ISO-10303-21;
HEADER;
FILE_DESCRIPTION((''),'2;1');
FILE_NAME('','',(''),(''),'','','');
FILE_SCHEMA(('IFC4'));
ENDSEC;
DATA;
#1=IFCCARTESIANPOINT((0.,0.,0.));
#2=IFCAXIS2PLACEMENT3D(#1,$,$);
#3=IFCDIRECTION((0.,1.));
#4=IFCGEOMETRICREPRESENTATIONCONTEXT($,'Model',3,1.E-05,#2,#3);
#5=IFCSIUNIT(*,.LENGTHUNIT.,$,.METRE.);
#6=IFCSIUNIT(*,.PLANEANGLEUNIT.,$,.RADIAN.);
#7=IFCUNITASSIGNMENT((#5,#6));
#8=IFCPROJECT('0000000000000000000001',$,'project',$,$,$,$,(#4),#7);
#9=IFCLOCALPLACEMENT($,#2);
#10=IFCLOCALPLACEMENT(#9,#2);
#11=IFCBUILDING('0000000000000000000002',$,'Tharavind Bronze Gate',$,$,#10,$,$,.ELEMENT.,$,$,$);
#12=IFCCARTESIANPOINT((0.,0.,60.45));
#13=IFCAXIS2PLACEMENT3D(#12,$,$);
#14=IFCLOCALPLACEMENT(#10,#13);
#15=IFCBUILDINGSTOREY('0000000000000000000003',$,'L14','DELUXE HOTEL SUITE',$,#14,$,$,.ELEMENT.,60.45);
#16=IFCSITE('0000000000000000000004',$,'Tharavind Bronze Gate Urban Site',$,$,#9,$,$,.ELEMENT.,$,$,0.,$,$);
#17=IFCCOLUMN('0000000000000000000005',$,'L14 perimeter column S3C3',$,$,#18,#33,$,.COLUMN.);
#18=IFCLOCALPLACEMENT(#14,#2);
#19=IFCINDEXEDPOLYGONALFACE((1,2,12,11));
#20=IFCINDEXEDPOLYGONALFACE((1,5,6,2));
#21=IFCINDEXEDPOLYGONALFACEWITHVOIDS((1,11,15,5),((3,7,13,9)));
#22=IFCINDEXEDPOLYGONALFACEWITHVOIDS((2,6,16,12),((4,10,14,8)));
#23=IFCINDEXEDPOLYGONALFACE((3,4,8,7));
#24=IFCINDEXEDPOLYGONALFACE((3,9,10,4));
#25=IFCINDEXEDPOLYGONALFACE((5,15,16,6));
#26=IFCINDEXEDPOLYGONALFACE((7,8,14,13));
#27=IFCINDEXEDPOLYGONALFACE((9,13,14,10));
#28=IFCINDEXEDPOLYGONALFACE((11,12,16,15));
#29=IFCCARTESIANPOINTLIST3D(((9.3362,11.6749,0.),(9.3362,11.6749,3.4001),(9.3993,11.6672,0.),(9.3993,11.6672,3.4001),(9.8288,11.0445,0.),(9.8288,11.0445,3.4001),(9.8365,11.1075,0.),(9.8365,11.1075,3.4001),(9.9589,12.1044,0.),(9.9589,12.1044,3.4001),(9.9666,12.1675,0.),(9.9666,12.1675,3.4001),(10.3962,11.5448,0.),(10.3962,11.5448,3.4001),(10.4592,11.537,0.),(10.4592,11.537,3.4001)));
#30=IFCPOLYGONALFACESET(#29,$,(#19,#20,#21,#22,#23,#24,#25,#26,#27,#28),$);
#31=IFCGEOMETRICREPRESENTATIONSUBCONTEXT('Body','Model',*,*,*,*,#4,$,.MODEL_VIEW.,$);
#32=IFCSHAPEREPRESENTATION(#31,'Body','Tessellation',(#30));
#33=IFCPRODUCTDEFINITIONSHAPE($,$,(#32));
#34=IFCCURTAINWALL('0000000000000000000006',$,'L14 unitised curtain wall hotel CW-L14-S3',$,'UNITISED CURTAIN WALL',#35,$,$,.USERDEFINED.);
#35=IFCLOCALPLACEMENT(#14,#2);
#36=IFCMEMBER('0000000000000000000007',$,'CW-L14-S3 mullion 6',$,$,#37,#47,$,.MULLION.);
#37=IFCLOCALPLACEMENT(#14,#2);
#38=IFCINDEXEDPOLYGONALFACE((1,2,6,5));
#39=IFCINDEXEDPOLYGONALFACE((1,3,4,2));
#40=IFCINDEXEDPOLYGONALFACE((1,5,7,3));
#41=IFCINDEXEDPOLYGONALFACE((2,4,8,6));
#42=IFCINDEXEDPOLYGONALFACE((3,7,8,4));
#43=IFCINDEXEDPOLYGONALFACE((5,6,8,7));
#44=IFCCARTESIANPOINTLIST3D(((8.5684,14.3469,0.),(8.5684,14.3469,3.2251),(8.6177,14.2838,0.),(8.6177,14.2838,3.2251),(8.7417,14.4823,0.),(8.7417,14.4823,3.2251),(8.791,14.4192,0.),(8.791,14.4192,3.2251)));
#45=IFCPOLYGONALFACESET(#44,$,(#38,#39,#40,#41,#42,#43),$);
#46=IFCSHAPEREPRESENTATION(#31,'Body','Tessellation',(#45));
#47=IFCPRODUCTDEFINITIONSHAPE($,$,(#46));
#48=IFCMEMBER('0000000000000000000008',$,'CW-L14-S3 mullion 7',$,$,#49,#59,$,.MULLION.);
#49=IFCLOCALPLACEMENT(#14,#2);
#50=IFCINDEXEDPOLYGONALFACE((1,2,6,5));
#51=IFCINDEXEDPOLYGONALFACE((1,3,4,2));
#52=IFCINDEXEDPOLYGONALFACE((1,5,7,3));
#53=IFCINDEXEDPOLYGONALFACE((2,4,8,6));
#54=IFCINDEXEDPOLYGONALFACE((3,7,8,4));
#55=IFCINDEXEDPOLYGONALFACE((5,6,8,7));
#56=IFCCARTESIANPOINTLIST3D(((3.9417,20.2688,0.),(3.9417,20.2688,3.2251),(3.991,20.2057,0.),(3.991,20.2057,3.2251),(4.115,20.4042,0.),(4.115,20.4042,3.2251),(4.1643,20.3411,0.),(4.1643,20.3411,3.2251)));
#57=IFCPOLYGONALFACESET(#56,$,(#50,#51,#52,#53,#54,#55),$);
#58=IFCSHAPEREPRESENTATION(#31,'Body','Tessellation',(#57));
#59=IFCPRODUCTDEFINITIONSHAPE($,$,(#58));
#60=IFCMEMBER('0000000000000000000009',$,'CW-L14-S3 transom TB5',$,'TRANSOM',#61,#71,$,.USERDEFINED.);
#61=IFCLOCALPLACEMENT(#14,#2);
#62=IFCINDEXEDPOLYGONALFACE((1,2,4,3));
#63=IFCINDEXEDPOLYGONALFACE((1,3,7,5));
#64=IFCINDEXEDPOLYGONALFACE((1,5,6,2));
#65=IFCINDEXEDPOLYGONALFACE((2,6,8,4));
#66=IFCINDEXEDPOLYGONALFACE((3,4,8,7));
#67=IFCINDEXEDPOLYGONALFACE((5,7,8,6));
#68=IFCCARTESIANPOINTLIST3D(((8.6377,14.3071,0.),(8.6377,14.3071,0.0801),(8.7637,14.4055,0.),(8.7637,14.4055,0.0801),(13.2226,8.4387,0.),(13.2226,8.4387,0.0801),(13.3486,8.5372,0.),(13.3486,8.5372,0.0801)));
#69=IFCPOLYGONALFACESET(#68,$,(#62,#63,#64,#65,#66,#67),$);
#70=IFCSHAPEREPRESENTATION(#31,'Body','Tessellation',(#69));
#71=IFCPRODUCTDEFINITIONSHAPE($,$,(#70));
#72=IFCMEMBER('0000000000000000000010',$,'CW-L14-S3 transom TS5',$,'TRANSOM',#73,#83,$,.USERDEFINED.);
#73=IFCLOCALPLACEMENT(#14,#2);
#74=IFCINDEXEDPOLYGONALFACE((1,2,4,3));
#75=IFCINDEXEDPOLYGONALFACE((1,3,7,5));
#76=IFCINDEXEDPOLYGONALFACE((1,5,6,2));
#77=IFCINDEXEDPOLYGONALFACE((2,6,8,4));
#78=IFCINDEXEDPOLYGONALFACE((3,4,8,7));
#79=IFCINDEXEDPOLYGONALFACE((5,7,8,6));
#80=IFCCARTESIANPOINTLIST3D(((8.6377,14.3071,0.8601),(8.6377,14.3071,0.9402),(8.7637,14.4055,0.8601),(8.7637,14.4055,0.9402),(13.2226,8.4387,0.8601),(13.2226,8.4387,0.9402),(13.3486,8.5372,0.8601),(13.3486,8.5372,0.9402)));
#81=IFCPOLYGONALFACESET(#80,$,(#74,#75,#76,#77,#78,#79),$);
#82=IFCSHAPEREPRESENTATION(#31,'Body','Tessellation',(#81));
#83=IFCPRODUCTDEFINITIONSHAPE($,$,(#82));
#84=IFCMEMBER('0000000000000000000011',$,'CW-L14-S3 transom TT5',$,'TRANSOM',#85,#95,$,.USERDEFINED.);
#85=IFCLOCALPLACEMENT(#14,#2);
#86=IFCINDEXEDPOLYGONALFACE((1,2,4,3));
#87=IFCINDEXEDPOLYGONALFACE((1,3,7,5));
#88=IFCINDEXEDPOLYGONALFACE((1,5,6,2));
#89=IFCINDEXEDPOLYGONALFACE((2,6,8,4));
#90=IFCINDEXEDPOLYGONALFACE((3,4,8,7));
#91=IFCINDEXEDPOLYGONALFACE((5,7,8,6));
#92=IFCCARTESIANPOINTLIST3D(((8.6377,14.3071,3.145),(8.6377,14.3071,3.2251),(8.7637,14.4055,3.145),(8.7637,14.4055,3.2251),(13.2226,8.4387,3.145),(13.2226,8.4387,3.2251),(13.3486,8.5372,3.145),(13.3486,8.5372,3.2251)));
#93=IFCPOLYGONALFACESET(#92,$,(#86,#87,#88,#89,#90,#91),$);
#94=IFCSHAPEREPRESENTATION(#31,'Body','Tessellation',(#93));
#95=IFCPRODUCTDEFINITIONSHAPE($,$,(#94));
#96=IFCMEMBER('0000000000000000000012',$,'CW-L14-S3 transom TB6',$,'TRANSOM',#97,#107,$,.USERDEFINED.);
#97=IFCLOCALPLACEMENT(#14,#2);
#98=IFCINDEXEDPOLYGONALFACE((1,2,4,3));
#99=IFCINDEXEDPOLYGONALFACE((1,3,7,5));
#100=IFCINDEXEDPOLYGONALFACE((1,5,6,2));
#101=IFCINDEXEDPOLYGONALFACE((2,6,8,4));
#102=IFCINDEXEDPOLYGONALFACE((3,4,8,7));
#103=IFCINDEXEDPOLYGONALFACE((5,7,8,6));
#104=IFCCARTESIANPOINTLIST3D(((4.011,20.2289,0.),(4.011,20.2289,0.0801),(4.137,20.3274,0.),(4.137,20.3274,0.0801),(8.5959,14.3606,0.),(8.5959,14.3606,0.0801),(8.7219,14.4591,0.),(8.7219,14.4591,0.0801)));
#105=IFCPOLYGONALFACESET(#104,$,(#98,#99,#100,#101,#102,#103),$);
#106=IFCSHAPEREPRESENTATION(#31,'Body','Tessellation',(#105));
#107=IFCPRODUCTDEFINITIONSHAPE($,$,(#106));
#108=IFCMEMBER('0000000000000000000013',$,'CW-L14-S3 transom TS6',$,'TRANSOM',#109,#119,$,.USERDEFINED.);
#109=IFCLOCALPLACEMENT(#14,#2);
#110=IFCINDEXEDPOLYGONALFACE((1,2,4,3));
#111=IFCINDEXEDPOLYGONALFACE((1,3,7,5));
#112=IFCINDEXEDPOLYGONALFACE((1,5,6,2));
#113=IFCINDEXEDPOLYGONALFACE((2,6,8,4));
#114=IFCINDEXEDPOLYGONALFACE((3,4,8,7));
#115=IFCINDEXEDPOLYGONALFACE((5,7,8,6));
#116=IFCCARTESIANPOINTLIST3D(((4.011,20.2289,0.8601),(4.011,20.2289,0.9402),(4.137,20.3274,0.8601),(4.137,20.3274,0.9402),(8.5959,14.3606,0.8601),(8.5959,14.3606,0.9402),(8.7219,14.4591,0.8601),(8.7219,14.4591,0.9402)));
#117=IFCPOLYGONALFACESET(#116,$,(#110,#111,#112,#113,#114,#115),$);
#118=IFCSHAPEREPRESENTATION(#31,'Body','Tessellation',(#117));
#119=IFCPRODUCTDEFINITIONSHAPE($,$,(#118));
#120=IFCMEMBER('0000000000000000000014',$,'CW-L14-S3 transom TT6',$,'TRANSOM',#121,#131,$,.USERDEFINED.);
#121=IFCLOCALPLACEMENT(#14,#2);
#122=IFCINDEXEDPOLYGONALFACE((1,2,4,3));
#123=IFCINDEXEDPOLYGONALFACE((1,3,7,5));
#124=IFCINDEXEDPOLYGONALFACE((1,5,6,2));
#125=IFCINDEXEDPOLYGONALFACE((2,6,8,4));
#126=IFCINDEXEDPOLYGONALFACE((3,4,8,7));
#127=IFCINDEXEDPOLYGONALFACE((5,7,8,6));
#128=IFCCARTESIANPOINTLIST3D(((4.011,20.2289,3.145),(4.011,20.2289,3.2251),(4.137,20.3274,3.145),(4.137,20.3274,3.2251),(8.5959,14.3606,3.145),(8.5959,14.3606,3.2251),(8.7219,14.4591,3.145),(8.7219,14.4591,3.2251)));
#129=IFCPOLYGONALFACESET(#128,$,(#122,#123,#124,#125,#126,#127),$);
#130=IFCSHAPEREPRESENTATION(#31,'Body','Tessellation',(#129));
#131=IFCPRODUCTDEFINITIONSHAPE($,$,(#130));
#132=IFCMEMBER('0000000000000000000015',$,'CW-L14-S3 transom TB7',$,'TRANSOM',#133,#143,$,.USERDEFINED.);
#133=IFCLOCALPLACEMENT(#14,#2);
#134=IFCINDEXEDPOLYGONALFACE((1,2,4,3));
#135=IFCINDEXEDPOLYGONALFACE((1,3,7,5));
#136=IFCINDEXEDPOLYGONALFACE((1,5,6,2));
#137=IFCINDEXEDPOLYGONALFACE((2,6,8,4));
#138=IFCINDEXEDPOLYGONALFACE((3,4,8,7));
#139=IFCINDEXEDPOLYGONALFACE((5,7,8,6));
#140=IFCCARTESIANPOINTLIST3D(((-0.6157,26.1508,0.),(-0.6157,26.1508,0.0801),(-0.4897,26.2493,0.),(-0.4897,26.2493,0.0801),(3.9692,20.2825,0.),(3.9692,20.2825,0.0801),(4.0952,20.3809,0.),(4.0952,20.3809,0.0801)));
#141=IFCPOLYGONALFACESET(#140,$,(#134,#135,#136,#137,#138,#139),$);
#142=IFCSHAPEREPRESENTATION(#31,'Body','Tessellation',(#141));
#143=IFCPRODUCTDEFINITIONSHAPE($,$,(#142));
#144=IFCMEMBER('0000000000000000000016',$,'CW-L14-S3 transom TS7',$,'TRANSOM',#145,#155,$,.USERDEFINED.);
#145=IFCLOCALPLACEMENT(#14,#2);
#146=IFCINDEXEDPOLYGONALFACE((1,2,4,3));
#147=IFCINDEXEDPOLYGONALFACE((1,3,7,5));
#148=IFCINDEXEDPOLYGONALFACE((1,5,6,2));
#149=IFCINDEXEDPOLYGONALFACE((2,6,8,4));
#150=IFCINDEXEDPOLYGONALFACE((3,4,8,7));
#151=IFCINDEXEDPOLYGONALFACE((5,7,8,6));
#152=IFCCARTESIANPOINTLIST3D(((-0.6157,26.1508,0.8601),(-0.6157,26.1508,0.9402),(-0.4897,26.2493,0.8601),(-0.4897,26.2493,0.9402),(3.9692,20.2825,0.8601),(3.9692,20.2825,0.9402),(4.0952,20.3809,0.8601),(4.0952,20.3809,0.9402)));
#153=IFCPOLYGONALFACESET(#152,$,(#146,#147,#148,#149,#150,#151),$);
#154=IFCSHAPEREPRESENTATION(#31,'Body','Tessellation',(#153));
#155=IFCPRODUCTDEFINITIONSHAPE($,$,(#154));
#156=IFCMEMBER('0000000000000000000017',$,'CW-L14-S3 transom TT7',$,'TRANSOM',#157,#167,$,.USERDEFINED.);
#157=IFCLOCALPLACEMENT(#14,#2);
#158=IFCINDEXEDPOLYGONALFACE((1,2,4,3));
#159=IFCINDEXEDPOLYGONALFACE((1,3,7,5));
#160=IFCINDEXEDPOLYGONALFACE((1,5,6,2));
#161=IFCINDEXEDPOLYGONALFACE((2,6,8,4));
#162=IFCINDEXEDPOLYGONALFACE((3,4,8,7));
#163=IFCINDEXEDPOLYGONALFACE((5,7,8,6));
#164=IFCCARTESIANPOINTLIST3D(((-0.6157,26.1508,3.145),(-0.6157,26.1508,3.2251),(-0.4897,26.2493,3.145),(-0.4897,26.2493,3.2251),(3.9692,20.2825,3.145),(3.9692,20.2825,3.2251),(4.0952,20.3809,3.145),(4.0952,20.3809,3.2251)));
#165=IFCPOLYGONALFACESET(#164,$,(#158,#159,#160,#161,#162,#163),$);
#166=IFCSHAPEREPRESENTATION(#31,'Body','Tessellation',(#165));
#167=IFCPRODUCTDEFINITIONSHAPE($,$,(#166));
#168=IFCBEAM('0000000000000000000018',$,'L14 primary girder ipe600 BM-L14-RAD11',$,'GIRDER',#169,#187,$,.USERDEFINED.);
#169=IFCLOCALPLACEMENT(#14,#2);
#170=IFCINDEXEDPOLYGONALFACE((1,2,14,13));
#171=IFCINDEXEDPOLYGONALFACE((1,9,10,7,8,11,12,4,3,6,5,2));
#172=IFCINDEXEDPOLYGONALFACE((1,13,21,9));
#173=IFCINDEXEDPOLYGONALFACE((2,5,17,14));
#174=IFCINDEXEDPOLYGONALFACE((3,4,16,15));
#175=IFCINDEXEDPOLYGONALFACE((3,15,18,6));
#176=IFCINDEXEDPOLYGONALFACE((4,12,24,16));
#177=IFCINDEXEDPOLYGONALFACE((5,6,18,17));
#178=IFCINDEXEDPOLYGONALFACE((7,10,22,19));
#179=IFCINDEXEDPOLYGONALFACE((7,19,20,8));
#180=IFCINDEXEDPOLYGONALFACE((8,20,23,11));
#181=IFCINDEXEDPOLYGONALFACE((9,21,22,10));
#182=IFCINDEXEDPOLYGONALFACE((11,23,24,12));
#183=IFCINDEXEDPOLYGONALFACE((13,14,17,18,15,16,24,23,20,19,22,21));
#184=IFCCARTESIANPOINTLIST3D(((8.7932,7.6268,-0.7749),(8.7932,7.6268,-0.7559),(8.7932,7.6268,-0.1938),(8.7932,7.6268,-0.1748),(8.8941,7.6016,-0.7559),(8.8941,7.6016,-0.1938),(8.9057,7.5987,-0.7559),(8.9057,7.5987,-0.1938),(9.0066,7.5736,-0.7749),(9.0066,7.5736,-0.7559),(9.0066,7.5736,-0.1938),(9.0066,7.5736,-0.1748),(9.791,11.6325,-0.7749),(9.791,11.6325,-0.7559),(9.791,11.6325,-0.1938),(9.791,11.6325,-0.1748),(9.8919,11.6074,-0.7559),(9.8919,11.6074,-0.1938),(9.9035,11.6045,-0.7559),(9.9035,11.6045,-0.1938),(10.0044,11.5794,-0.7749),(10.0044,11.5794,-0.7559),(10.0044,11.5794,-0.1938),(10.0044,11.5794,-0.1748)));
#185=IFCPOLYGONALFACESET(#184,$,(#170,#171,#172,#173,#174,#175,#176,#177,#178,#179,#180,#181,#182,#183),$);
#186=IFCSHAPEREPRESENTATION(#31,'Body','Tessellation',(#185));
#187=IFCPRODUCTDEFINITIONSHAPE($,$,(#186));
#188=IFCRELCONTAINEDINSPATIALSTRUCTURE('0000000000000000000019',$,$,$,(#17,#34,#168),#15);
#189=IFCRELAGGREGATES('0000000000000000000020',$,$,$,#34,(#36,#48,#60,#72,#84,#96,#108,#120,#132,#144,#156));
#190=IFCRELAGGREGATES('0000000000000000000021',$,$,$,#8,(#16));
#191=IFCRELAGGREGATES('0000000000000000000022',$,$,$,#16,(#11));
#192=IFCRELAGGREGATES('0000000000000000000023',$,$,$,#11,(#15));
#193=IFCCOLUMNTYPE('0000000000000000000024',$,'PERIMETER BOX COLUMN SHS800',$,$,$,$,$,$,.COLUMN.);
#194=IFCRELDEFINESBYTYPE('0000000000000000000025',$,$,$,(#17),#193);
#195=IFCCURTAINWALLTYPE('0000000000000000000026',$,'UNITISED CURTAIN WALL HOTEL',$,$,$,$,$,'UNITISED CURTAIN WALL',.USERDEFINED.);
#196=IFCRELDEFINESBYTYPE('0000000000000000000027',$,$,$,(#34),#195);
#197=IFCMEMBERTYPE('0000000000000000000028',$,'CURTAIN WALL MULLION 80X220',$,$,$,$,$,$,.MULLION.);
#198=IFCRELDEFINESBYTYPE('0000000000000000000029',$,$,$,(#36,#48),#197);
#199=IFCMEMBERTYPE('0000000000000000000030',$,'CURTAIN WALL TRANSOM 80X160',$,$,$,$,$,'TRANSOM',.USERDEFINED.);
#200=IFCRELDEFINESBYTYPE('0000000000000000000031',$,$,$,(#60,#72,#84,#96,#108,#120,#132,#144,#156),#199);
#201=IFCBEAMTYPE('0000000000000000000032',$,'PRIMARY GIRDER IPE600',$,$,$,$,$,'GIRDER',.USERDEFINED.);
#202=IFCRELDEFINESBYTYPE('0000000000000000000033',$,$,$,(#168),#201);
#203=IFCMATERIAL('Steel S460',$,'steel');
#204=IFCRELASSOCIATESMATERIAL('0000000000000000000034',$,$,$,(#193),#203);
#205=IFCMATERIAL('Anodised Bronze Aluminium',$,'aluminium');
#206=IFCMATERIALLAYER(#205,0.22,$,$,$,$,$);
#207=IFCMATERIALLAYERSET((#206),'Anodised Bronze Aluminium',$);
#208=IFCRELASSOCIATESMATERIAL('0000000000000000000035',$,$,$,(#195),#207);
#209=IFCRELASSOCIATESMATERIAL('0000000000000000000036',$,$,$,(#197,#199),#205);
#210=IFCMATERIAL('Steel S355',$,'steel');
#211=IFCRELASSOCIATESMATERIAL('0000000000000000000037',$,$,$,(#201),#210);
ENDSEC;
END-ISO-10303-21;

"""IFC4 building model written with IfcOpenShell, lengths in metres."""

from ifc_helpers import new_model, si_unit, direction, frame, origin, origin_2d, place, context, subcontext, project, spatial, rectangle, hollow_rectangle, i_section, extrude, material, layer, layer_set, material_profile, profile_set, type_object, element, aggregate, save


model = new_model("IFC4")

# Units and contexts
model_context = context("Model", 3, precision=1e-05, world=origin(), true_north=direction((0.0, 1.0)))
body_context = subcontext(model_context, "Body", "Model", "MODEL_VIEW")
ifc_project = project(units=[si_unit("LENGTHUNIT", "METRE"), si_unit("PLANEANGLEUNIT", "RADIAN")], contexts=[model_context])

# Site, building, storey
site_placement = place(None, origin())
site = spatial("IfcSite", under=ifc_project, at=site_placement, Name="Tharavind Bronze Gate Urban Site", CompositionType="ELEMENT", RefElevation=0.0)
building_placement = place(site_placement, origin())
building = spatial("IfcBuilding", under=site, at=building_placement, Name="Tharavind Bronze Gate", CompositionType="ELEMENT")
storey_placement = place(building_placement, frame((0.0, 0.0, 60.45)))
storey = spatial("IfcBuildingStorey", under=building, at=storey_placement, Name="L14", Description="DELUXE HOTEL SUITE", CompositionType="ELEMENT", Elevation=60.45)

# Column
ifc_material_1 = material(Name="Steel S460", Category="steel")
ifc_material_profile_1 = material_profile(ifc_material_1, hollow_rectangle(XDim=0.8, YDim=0.8, WallThickness=0.0449, at=origin_2d()), Name="SHS800X45")
ifc_profile_set_1 = profile_set([ifc_material_profile_1], Name="Steel S460")
column_type = type_object("IfcColumnType", Name="PERIMETER BOX COLUMN SHS800", PredefinedType="COLUMN", material=ifc_profile_set_1)
column_placement = place(storey_placement, frame((9.8977, 11.606, 0.0), z_axis=(0.0, 0.0, 1.0), x_axis=(-0.615661, 0.788011, 0.0)))
element("IfcColumn", 1, at=column_placement, inside=storey, type_object=column_type, Name="L14 perimeter column S3C3", PredefinedType="COLUMN", context=body_context, shape_type="SweptSolid", body=[
    extrude(hollow_rectangle(XDim=0.8, YDim=0.8, WallThickness=0.0449, at=origin_2d()), origin(), (0.0, 0.0, 1.0), 3.4001),
])

# Curtain wall, members
ifc_material_2 = material(Name="Anodised Bronze Aluminium", Category="aluminium")
ifc_layer_1 = layer(ifc_material_2, 0.22)
ifc_layer_set_1 = layer_set([ifc_layer_1], Name="Anodised Bronze Aluminium")
curtain_wall_type = type_object("IfcCurtainWallType", Name="UNITISED CURTAIN WALL HOTEL", ElementType="UNITISED CURTAIN WALL", PredefinedType="USERDEFINED", material=ifc_layer_set_1)
curtain_wall_placement = place(storey_placement, origin())
curtain_wall = element("IfcCurtainWall", 2, at=curtain_wall_placement, inside=storey, type_object=curtain_wall_type, Name="L14 unitised curtain wall hotel CW-L14-S3", ObjectType="UNITISED CURTAIN WALL", PredefinedType="USERDEFINED")
member_type_1 = type_object("IfcMemberType", Name="CURTAIN WALL MULLION 80X220", PredefinedType="MULLION", material=ifc_material_2)
member_1_placement = place(storey_placement, frame((8.6797, 14.3831, 0.0), z_axis=(0.0, 0.0, 1.0), x_axis=(-0.615661, 0.788011, 0.0)))
member_1 = element("IfcMember", 3, at=member_1_placement, type_object=member_type_1, Name="CW-L14-S3 mullion 6", PredefinedType="MULLION", context=body_context, shape_type="SweptSolid", body=[
    extrude(rectangle(XDim=0.0801, YDim=0.22, at=origin_2d()), origin(), (0.0, 0.0, 1.0), 3.2251),
])
member_2_placement = place(storey_placement, frame((4.053, 20.3049, 0.0), z_axis=(0.0, 0.0, 1.0), x_axis=(-0.615661, 0.788011, 0.0)))
member_2 = element("IfcMember", 4, at=member_2_placement, type_object=member_type_1, Name="CW-L14-S3 mullion 7", PredefinedType="MULLION", context=body_context, shape_type="SweptSolid", body=[
    extrude(rectangle(XDim=0.0801, YDim=0.22, at=origin_2d()), origin(), (0.0, 0.0, 1.0), 3.2251),
])
member_type_2 = type_object("IfcMemberType", Name="CURTAIN WALL TRANSOM 80X160", ElementType="TRANSOM", PredefinedType="USERDEFINED", material=ifc_material_2)
member_3_placement = place(storey_placement, frame((10.9932, 11.4221, 0.0), z_axis=(0.0, 0.0, 1.0), x_axis=(-0.615661, 0.788011, 0.0)))
member_3 = element("IfcMember", 5, at=member_3_placement, type_object=member_type_2, Name="CW-L14-S3 transom TB5", ObjectType="TRANSOM", PredefinedType="USERDEFINED", context=body_context, shape_type="SweptSolid", body=[
    extrude(rectangle(XDim=7.447, YDim=0.1599, at=origin_2d()), origin(), (0.0, 0.0, 1.0), 0.0801),
])
member_4_placement = place(storey_placement, frame((10.9932, 11.4221, 0.8601), z_axis=(0.0, 0.0, 1.0), x_axis=(-0.615661, 0.788011, 0.0)))
member_4 = element("IfcMember", 6, at=member_4_placement, type_object=member_type_2, Name="CW-L14-S3 transom TS5", ObjectType="TRANSOM", PredefinedType="USERDEFINED", context=body_context, shape_type="SweptSolid", body=[
    extrude(rectangle(XDim=7.447, YDim=0.1599, at=origin_2d()), origin(), (0.0, 0.0, 1.0), 0.0801),
])
member_5_placement = place(storey_placement, frame((10.9932, 11.4221, 3.145), z_axis=(0.0, 0.0, 1.0), x_axis=(-0.615661, 0.788011, 0.0)))
member_5 = element("IfcMember", 7, at=member_5_placement, type_object=member_type_2, Name="CW-L14-S3 transom TT5", ObjectType="TRANSOM", PredefinedType="USERDEFINED", context=body_context, shape_type="SweptSolid", body=[
    extrude(rectangle(XDim=7.447, YDim=0.1599, at=origin_2d()), origin(), (0.0, 0.0, 1.0), 0.0801),
])
member_6_placement = place(storey_placement, frame((6.3665, 17.344, 0.0), z_axis=(0.0, 0.0, 1.0), x_axis=(-0.615661, 0.788011, 0.0)))
member_6 = element("IfcMember", 8, at=member_6_placement, type_object=member_type_2, Name="CW-L14-S3 transom TB6", ObjectType="TRANSOM", PredefinedType="USERDEFINED", context=body_context, shape_type="SweptSolid", body=[
    extrude(rectangle(XDim=7.447, YDim=0.1599, at=origin_2d()), origin(), (0.0, 0.0, 1.0), 0.0801),
])
member_7_placement = place(storey_placement, frame((6.3665, 17.344, 0.8601), z_axis=(0.0, 0.0, 1.0), x_axis=(-0.615661, 0.788011, 0.0)))
member_7 = element("IfcMember", 9, at=member_7_placement, type_object=member_type_2, Name="CW-L14-S3 transom TS6", ObjectType="TRANSOM", PredefinedType="USERDEFINED", context=body_context, shape_type="SweptSolid", body=[
    extrude(rectangle(XDim=7.447, YDim=0.1599, at=origin_2d()), origin(), (0.0, 0.0, 1.0), 0.0801),
])
member_8_placement = place(storey_placement, frame((6.3665, 17.344, 3.145), z_axis=(0.0, 0.0, 1.0), x_axis=(-0.615661, 0.788011, 0.0)))
member_8 = element("IfcMember", 10, at=member_8_placement, type_object=member_type_2, Name="CW-L14-S3 transom TT6", ObjectType="TRANSOM", PredefinedType="USERDEFINED", context=body_context, shape_type="SweptSolid", body=[
    extrude(rectangle(XDim=7.447, YDim=0.1599, at=origin_2d()), origin(), (0.0, 0.0, 1.0), 0.0801),
])
member_9_placement = place(storey_placement, frame((1.7397, 23.2659, 0.0), z_axis=(0.0, 0.0, 1.0), x_axis=(-0.615661, 0.788011, 0.0)))
member_9 = element("IfcMember", 11, at=member_9_placement, type_object=member_type_2, Name="CW-L14-S3 transom TB7", ObjectType="TRANSOM", PredefinedType="USERDEFINED", context=body_context, shape_type="SweptSolid", body=[
    extrude(rectangle(XDim=7.447, YDim=0.1599, at=origin_2d()), origin(), (0.0, 0.0, 1.0), 0.0801),
])
member_10_placement = place(storey_placement, frame((1.7397, 23.2659, 0.8601), z_axis=(0.0, 0.0, 1.0), x_axis=(-0.615661, 0.788011, 0.0)))
member_10 = element("IfcMember", 12, at=member_10_placement, type_object=member_type_2, Name="CW-L14-S3 transom TS7", ObjectType="TRANSOM", PredefinedType="USERDEFINED", context=body_context, shape_type="SweptSolid", body=[
    extrude(rectangle(XDim=7.447, YDim=0.1599, at=origin_2d()), origin(), (0.0, 0.0, 1.0), 0.0801),
])
member_11_placement = place(storey_placement, frame((1.7397, 23.2659, 3.145), z_axis=(0.0, 0.0, 1.0), x_axis=(-0.615661, 0.788011, 0.0)))
member_11 = element("IfcMember", 13, at=member_11_placement, type_object=member_type_2, Name="CW-L14-S3 transom TT7", ObjectType="TRANSOM", PredefinedType="USERDEFINED", context=body_context, shape_type="SweptSolid", body=[
    extrude(rectangle(XDim=7.447, YDim=0.1599, at=origin_2d()), origin(), (0.0, 0.0, 1.0), 0.0801),
])

# Beam
ifc_material_3 = material(Name="Steel S355", Category="steel")
ifc_material_profile_2 = material_profile(ifc_material_3, i_section(OverallWidth=0.22, OverallDepth=0.6001, WebThickness=0.012, FlangeThickness=0.019, at=origin_2d()), Name="IPE600")
ifc_profile_set_2 = profile_set([ifc_material_profile_2], Name="Steel S355")
beam_type_1 = type_object("IfcBeamType", Name="PRIMARY GIRDER IPE600", ElementType="GIRDER", PredefinedType="USERDEFINED", material=ifc_profile_set_2)
beam_1_placement = place(storey_placement, frame((9.8977, 11.606, -0.4749), z_axis=(-0.241701, -0.970351, 0.0), x_axis=(0.970351, -0.241701, 0.0)))
element("IfcBeam", 14, at=beam_1_placement, inside=storey, type_object=beam_type_1, Name="L14 primary girder ipe600 BM-L14-RAD11", ObjectType="GIRDER", PredefinedType="USERDEFINED", context=body_context, shape_type="SweptSolid", body=[
    extrude(i_section(OverallWidth=0.22, OverallDepth=0.6001, WebThickness=0.012, FlangeThickness=0.019, at=origin_2d()), origin(), (0.0, 0.0, 1.0), 4.1282),
])

aggregate(curtain_wall, [member_1, member_2, member_3, member_4, member_5, member_6, member_7, member_8, member_9, member_10, member_11])

save(model, "model.ifc")
